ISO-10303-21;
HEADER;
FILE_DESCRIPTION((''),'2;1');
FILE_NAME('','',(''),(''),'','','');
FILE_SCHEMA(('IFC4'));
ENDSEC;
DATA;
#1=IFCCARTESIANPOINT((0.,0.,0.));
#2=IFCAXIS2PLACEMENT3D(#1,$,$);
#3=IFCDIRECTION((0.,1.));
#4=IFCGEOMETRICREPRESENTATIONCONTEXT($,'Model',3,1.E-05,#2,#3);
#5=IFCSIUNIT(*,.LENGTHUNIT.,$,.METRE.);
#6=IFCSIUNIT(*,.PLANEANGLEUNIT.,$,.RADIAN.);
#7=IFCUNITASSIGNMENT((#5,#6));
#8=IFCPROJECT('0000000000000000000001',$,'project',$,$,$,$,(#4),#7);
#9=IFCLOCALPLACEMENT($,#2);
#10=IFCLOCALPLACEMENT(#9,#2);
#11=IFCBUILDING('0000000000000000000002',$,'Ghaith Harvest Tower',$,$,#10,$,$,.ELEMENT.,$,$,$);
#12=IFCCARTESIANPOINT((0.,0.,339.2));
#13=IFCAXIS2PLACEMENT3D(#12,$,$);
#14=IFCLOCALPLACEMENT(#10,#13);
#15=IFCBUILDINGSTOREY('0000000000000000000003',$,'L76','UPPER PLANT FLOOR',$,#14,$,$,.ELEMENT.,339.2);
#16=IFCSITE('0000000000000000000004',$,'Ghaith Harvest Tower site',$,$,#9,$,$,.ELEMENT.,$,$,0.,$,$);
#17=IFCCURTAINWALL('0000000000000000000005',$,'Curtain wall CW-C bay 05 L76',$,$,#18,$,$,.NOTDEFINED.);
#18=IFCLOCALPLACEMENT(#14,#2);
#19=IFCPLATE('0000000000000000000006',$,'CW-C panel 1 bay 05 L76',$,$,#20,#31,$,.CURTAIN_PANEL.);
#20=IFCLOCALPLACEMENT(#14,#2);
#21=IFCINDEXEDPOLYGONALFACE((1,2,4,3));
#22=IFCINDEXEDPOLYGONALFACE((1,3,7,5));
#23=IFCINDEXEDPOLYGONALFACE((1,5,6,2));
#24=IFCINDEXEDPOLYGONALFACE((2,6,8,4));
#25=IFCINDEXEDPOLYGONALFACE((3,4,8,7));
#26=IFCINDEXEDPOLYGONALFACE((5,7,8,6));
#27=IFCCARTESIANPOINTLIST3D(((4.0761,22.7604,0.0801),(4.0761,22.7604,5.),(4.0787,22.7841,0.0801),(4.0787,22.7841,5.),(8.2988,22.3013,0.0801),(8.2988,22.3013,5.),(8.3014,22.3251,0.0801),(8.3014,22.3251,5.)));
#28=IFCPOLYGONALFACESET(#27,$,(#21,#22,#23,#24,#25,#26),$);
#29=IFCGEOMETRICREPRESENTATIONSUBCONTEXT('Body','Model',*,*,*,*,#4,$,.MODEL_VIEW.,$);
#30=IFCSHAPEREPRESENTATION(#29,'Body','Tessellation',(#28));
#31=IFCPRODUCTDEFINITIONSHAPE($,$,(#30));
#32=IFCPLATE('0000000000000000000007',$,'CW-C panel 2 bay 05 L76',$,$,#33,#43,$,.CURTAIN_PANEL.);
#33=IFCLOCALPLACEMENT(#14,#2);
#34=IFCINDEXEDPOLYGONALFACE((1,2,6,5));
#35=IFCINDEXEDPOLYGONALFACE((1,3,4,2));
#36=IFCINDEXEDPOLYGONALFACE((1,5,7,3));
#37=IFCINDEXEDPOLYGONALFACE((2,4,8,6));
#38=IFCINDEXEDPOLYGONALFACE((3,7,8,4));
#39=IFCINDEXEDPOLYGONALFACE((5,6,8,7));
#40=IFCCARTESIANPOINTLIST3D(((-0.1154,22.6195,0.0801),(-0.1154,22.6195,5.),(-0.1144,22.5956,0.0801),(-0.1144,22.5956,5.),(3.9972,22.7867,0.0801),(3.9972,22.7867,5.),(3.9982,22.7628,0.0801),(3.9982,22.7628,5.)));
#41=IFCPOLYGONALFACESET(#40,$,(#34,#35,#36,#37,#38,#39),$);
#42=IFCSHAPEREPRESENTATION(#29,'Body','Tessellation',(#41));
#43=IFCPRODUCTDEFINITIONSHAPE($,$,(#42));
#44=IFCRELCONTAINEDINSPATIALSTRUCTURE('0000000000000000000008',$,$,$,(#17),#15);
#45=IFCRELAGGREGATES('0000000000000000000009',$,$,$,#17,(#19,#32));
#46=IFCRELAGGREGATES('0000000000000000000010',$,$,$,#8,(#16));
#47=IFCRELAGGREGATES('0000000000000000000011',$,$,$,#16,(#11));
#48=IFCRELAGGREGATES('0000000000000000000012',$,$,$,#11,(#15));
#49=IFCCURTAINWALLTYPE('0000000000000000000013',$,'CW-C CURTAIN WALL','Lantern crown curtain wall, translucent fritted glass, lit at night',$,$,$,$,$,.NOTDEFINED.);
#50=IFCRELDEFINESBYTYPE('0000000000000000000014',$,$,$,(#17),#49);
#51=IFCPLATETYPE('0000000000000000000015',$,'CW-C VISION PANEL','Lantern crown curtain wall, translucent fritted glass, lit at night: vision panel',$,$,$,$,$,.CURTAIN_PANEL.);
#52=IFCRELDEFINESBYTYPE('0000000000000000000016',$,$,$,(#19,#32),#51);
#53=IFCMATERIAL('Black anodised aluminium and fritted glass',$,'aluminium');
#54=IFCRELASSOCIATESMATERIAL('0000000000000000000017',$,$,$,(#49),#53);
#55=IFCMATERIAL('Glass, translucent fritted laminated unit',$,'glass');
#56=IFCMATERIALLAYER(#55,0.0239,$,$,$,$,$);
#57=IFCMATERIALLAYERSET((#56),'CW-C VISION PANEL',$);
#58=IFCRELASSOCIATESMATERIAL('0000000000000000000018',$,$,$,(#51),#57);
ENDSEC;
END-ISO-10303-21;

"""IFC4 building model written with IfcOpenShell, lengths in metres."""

from ifc_helpers import new_model, si_unit, direction, frame, origin, origin_2d, place, context, subcontext, project, spatial, rectangle, extrude, material, layer, layer_set, type_object, element, aggregate, save


model = new_model("IFC4")

# Units and contexts
model_context = context("Model", 3, precision=1e-05, world=origin(), true_north=direction((0.0, 1.0)))
body_context = subcontext(model_context, "Body", "Model", "MODEL_VIEW")
ifc_project = project(units=[si_unit("LENGTHUNIT", "METRE"), si_unit("PLANEANGLEUNIT", "RADIAN")], contexts=[model_context])

# Site, building, storey
site_placement = place(None, origin())
site = spatial("IfcSite", under=ifc_project, at=site_placement, Name="Ghaith Harvest Tower site", CompositionType="ELEMENT", RefElevation=0.0)
building_placement = place(site_placement, origin())
building = spatial("IfcBuilding", under=site, at=building_placement, Name="Ghaith Harvest Tower", CompositionType="ELEMENT")
storey_placement = place(building_placement, frame((0.0, 0.0, 339.2)))
storey = spatial("IfcBuildingStorey", under=building, at=storey_placement, Name="L76", Description="UPPER PLANT FLOOR", CompositionType="ELEMENT", Elevation=339.2)

# Shared definitions
ifc_material_1 = material(Name="Black anodised aluminium and fritted glass", Category="aluminium")
curtain_wall_type = type_object("IfcCurtainWallType", Name="CW-C CURTAIN WALL", Description="Lantern crown curtain wall, translucent fritted glass, lit at night", PredefinedType="NOTDEFINED", material=ifc_material_1)

# Curtain wall
curtain_wall_1_placement = place(storey_placement, origin())
curtain_wall_1 = element("IfcCurtainWall", 1, at=curtain_wall_1_placement, inside=storey, type_object=curtain_wall_type, Name="Curtain wall CW-C bay 05 L76", PredefinedType="NOTDEFINED")

# Plates
ifc_material_2 = material(Name="Glass, translucent fritted laminated unit", Category="glass")
ifc_layer = layer(ifc_material_2, 0.0239)
ifc_layer_set = layer_set([ifc_layer], Name="CW-C VISION PANEL")
plate_type = type_object("IfcPlateType", Name="CW-C VISION PANEL", Description="Lantern crown curtain wall, translucent fritted glass, lit at night: vision panel", PredefinedType="CURTAIN_PANEL", material=ifc_layer_set)
plate_1_placement = place(storey_placement, frame((6.1887, 22.5427, 0.0801), z_axis=(0.0, 0.0, 1.0), x_axis=(-0.994143, 0.108074, 0.0)))
plate_1 = element("IfcPlate", 2, at=plate_1_placement, type_object=plate_type, Name="CW-C panel 1 bay 05 L76", PredefinedType="CURTAIN_PANEL", context=body_context, shape_type="SweptSolid", body=[
    extrude(rectangle(XDim=4.2476, YDim=0.0239, at=origin_2d()), origin(), (0.0, 0.0, 1.0), 4.9199),
])
plate_2_placement = place(storey_placement, frame((1.9414, 22.6912, 0.0801), z_axis=(0.0, 0.0, 1.0), x_axis=(-0.999174, -0.040638, 0.0)))
plate_2 = element("IfcPlate", 3, at=plate_2_placement, type_object=plate_type, Name="CW-C panel 2 bay 05 L76", PredefinedType="CURTAIN_PANEL", context=body_context, shape_type="SweptSolid", body=[
    extrude(rectangle(XDim=4.116, YDim=0.0239, at=origin_2d()), origin(), (0.0, 0.0, 1.0), 4.9199),
])
aggregate(curtain_wall_1, [plate_1, plate_2])

save(model, "model.ifc")
